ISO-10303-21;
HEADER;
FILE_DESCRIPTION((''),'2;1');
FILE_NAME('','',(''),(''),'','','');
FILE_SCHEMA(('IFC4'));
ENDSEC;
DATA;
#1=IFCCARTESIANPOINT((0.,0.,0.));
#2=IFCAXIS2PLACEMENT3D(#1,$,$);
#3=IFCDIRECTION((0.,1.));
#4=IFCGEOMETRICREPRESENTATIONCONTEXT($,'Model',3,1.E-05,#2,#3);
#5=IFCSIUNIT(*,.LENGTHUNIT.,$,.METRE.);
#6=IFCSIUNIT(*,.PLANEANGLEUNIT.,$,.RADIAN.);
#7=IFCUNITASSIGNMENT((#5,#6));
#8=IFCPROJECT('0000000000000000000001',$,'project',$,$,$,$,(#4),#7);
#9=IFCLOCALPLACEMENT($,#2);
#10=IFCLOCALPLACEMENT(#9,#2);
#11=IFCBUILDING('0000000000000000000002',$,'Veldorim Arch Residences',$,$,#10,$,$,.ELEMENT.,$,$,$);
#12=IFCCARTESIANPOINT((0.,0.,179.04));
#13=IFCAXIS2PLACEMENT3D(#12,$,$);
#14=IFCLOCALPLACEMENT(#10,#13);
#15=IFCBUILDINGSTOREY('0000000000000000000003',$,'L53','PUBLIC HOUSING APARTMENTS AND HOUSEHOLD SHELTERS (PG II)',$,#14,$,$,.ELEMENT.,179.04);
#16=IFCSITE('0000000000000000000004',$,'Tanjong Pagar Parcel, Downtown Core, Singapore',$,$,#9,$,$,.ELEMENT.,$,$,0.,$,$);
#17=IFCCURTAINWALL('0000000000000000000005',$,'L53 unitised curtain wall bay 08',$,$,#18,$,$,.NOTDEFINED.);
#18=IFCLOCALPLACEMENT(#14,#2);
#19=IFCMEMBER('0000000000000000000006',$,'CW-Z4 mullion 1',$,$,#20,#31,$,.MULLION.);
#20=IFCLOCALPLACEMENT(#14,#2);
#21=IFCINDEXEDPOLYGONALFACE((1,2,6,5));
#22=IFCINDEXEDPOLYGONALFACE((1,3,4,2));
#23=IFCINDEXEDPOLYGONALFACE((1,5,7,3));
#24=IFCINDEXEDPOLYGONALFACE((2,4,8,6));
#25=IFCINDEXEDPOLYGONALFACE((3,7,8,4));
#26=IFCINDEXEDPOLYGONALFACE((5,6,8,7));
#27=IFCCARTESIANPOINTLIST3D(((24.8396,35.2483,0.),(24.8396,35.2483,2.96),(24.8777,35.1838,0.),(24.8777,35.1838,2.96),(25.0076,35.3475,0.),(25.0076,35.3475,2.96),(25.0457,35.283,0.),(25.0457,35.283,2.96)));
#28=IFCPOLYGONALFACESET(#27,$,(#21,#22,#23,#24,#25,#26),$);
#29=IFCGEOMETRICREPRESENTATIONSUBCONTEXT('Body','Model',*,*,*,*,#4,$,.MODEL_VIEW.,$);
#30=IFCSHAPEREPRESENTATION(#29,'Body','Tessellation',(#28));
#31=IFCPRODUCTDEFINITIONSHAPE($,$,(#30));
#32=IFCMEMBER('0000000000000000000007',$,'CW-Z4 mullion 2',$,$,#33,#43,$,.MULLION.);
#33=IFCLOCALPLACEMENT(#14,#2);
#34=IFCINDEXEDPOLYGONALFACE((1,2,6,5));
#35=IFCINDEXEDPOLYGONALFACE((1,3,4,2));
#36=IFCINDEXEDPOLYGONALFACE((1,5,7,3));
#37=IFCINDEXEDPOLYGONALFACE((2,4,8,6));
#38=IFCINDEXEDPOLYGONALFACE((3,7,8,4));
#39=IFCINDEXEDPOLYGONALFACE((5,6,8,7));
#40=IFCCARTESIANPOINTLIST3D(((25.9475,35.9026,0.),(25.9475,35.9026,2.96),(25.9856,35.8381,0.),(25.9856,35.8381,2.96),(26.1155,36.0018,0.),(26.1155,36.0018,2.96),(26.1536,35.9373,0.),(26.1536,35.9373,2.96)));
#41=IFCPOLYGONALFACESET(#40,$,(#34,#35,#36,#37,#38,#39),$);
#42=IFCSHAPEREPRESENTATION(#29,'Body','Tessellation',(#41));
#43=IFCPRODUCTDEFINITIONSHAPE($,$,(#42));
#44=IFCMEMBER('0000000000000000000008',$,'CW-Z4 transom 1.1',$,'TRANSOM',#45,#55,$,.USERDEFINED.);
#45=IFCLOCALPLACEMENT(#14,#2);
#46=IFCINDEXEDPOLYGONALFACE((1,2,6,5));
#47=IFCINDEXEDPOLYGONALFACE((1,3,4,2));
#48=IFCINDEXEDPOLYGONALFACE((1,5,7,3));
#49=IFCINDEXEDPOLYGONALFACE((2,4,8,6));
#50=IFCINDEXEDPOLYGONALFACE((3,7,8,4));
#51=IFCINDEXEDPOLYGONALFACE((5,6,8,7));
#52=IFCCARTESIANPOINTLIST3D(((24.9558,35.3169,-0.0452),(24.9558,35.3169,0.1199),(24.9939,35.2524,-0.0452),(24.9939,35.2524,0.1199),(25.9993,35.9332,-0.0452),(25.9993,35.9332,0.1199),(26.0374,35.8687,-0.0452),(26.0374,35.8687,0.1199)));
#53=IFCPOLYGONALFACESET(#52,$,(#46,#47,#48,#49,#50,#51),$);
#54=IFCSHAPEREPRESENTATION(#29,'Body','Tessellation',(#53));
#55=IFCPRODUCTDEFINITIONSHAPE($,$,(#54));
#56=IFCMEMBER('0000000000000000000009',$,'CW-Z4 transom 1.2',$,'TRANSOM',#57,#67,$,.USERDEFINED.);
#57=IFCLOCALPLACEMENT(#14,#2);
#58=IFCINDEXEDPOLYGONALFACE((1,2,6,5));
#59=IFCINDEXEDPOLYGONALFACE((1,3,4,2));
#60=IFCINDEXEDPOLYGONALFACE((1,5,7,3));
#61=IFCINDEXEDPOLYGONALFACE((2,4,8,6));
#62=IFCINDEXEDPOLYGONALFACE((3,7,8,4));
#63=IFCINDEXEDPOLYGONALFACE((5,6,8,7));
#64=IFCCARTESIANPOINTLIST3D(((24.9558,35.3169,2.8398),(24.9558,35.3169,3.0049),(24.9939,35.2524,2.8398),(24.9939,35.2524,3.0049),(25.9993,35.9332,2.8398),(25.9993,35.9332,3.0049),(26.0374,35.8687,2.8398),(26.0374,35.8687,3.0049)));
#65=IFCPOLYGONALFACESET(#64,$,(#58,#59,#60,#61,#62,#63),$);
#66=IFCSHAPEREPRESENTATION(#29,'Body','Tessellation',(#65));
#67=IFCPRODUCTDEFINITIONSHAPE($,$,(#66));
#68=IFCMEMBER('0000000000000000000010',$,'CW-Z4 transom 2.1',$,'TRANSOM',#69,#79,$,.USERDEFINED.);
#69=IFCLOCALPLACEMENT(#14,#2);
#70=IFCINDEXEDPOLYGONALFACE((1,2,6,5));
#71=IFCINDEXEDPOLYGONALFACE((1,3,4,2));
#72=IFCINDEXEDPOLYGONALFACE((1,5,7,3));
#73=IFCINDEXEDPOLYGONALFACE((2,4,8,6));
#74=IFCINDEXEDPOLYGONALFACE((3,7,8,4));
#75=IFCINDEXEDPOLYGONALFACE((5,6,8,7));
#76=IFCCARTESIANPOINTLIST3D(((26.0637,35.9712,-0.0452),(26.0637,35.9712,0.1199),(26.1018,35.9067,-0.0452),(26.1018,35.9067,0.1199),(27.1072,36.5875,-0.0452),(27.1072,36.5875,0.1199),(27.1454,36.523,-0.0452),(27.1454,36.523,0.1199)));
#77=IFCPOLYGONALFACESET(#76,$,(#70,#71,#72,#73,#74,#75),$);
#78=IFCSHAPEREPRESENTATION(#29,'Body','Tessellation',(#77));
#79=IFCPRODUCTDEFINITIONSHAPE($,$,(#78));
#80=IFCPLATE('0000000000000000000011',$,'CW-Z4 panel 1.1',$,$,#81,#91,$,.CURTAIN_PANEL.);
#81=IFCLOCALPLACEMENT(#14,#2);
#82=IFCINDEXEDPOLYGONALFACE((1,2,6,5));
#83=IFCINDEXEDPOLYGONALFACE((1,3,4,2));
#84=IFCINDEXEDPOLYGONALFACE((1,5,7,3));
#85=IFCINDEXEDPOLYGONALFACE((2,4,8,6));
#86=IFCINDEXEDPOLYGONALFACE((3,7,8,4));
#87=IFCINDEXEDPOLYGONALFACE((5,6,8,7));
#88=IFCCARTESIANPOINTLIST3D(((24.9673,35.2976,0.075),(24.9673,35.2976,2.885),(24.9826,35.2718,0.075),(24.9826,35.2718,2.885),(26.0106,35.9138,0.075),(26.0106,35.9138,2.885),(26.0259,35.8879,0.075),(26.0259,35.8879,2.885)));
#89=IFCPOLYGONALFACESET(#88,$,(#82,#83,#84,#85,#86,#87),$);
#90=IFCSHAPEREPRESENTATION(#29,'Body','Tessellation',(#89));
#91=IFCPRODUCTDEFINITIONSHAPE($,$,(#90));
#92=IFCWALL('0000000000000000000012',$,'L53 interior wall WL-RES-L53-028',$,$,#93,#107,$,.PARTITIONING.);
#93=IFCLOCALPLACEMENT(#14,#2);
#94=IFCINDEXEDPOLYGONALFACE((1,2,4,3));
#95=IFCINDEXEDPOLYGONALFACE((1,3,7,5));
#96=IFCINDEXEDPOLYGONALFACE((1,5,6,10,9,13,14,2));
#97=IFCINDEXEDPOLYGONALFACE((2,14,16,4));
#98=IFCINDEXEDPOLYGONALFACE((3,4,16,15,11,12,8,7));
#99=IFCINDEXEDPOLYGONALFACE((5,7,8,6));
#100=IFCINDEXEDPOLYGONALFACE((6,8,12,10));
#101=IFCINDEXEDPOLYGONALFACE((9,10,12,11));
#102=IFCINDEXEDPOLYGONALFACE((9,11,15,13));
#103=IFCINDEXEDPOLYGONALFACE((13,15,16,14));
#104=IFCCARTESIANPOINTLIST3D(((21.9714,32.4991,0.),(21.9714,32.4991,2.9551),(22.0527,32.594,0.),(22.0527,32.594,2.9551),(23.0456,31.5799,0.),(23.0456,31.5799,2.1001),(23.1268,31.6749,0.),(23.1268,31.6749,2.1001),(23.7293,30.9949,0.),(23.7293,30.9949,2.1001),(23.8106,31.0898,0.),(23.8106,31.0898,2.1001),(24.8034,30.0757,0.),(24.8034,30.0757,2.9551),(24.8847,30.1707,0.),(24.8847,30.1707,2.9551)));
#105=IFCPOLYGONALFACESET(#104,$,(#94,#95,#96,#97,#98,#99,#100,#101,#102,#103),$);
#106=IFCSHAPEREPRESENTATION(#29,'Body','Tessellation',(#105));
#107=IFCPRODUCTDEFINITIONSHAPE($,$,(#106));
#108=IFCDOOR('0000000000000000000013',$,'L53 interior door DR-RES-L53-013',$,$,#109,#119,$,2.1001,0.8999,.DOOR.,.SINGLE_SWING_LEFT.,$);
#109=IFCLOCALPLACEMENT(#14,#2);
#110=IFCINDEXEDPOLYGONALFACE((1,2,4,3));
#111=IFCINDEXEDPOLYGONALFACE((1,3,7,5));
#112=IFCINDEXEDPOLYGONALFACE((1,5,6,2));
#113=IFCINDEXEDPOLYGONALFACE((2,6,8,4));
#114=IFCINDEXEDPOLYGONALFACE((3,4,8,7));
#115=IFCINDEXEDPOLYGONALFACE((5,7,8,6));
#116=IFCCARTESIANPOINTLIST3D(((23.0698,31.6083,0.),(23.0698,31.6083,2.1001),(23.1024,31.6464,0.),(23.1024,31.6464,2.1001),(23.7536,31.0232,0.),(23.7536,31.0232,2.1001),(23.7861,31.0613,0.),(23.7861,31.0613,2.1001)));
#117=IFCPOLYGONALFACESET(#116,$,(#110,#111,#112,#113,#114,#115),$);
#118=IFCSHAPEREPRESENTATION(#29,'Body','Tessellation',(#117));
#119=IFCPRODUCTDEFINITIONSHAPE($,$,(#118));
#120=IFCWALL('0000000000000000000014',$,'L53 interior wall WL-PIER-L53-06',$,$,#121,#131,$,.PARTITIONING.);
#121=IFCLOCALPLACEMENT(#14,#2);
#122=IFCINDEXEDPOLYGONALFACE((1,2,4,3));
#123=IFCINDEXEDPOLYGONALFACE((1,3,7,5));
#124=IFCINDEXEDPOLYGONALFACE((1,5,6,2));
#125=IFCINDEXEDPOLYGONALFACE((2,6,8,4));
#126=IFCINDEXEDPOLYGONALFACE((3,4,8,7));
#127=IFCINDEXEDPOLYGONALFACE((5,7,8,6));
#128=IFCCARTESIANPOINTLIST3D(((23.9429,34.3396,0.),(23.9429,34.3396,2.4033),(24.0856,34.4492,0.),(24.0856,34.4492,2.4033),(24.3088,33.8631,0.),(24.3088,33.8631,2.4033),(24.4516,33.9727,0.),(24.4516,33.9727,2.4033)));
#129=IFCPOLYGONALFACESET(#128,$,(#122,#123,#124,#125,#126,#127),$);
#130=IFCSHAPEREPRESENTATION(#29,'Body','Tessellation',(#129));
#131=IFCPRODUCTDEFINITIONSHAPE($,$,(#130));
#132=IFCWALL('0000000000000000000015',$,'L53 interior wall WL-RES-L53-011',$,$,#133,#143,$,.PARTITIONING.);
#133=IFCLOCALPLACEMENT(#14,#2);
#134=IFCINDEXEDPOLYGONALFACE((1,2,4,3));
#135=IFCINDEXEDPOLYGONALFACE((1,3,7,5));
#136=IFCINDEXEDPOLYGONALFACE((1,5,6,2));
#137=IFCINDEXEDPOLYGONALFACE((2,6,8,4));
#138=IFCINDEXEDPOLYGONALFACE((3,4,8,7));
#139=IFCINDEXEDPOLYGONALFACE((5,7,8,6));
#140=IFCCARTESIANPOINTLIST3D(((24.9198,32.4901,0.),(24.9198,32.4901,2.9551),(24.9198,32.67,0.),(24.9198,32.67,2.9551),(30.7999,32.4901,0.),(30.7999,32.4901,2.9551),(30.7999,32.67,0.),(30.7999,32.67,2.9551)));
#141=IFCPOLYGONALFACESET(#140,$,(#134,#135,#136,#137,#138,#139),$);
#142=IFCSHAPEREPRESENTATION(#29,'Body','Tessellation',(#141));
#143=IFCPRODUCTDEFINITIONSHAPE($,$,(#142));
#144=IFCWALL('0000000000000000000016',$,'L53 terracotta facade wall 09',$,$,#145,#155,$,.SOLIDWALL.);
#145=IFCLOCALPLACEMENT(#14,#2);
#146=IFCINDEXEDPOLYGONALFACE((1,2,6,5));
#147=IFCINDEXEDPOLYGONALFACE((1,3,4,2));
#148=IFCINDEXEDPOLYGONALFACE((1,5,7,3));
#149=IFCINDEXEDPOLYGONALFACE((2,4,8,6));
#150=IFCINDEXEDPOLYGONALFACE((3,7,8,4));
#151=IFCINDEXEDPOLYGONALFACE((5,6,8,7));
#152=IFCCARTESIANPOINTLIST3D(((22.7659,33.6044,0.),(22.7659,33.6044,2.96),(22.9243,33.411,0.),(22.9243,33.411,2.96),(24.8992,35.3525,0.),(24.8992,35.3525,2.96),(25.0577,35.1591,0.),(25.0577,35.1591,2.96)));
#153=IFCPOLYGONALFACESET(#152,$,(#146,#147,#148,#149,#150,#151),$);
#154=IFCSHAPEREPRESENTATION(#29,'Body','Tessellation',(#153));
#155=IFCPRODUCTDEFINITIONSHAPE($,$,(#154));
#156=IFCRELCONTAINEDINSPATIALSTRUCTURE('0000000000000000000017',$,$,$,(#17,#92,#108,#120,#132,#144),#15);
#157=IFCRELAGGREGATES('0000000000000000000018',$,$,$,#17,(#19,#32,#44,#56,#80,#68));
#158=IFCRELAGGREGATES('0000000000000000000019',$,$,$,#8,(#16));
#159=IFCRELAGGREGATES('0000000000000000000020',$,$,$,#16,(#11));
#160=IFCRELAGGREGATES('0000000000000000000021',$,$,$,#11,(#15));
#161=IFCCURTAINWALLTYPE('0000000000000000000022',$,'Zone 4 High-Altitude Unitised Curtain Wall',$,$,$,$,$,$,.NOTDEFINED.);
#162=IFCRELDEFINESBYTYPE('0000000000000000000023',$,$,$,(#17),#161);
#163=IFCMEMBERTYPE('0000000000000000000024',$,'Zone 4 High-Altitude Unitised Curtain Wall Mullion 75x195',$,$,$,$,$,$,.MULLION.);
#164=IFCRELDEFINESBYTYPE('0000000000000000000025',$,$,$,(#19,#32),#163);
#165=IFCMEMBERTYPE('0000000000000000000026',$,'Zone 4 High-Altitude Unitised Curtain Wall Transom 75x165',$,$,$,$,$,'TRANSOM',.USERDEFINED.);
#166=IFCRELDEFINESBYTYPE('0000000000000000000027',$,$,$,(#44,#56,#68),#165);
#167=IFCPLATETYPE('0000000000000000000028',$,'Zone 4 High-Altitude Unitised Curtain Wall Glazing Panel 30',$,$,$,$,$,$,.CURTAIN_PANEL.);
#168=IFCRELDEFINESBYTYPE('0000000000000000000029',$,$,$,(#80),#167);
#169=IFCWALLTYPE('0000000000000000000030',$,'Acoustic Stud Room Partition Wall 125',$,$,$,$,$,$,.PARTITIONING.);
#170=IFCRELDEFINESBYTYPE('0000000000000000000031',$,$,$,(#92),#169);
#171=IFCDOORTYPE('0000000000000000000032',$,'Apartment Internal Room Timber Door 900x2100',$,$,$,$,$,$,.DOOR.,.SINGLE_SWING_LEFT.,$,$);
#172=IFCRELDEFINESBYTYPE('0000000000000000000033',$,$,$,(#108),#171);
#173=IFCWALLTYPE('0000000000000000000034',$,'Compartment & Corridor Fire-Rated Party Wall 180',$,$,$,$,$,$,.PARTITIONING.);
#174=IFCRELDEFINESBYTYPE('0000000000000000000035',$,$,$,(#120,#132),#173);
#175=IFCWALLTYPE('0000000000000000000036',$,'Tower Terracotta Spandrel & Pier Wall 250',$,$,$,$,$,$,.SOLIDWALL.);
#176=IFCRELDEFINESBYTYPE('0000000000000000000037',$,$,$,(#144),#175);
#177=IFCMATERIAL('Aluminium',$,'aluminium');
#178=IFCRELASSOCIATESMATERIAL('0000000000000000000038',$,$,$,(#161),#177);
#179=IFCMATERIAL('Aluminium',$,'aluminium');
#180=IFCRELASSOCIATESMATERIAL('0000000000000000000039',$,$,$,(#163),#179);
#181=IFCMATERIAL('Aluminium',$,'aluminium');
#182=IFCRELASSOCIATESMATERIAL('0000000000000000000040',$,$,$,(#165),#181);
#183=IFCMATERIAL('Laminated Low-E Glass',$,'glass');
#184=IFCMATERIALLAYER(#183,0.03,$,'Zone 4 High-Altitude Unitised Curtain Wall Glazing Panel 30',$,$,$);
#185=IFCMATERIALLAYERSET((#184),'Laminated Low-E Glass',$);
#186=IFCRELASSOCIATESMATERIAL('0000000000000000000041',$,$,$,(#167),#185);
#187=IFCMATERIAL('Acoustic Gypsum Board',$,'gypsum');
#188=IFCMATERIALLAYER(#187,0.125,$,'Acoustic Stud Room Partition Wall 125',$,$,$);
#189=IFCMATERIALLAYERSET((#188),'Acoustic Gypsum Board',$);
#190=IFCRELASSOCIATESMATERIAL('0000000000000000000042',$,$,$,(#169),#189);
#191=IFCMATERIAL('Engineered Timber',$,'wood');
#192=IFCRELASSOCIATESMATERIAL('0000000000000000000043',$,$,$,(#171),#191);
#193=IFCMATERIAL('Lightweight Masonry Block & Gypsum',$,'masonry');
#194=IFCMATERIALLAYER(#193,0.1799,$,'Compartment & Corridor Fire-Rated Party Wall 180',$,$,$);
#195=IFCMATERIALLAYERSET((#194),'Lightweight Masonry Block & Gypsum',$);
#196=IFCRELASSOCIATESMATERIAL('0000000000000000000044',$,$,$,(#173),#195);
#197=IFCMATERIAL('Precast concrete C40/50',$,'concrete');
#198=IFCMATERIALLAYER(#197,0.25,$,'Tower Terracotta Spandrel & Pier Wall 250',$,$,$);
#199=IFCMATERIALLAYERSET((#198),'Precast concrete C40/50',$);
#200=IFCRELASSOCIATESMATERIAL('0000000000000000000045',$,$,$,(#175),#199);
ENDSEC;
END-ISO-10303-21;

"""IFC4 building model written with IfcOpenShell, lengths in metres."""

from ifc_helpers import new_model, si_unit, direction, frame, frame_2d, origin, origin_2d, place, context, subcontext, project, spatial, rectangle, extrude, material, layer, layer_set, material_profile, profile_set, type_object, element, fill, aggregate, save


model = new_model("IFC4")

# Units and contexts
model_context = context("Model", 3, precision=1e-05, world=origin(), true_north=direction((0.0, 1.0)))
body_context = subcontext(model_context, "Body", "Model", "MODEL_VIEW")
ifc_project = project(units=[si_unit("LENGTHUNIT", "METRE"), si_unit("PLANEANGLEUNIT", "RADIAN")], contexts=[model_context])

# Site, building, storey
site_placement = place(None, origin())
site = spatial("IfcSite", under=ifc_project, at=site_placement, Name="Tanjong Pagar Parcel, Downtown Core, Singapore", CompositionType="ELEMENT", RefElevation=0.0)
building_placement = place(site_placement, origin())
building = spatial("IfcBuilding", under=site, at=building_placement, Name="Veldorim Arch Residences", CompositionType="ELEMENT")
storey_placement = place(building_placement, frame((0.0, 0.0, 179.04)))
storey = spatial("IfcBuildingStorey", under=building, at=storey_placement, Name="L53", Description="PUBLIC HOUSING APARTMENTS AND HOUSEHOLD SHELTERS (PG II)", CompositionType="ELEMENT", Elevation=179.04)

# Curtain wall, members, plate
ifc_material_1 = material(Name="Aluminium", Category="aluminium")
curtain_wall_type = type_object("IfcCurtainWallType", Name="Zone 4 High-Altitude Unitised Curtain Wall", PredefinedType="NOTDEFINED", material=ifc_material_1)
curtain_wall_placement = place(storey_placement, origin())
curtain_wall = element("IfcCurtainWall", 1, at=curtain_wall_placement, inside=storey, type_object=curtain_wall_type, Name="L53 unitised curtain wall bay 08", PredefinedType="NOTDEFINED")
ifc_material_2 = material(Name="Aluminium", Category="aluminium")
ifc_material_profile_1 = material_profile(ifc_material_2, rectangle(XDim=0.075, YDim=0.1951, at=origin_2d()), Name="ALU_MUL_75x195")
ifc_profile_set_1 = profile_set([ifc_material_profile_1], Name="Aluminium")
member_type_1 = type_object("IfcMemberType", Name="Zone 4 High-Altitude Unitised Curtain Wall Mullion 75x195", PredefinedType="MULLION", material=ifc_profile_set_1)
member_1_placement = place(storey_placement, frame((24.9426, 35.2656, 0.0), z_axis=(0.0, 0.0, 1.0), x_axis=(-0.508514, 0.861054, 0.0)))
member_1 = element("IfcMember", 2, at=member_1_placement, type_object=member_type_1, Name="CW-Z4 mullion 1", PredefinedType="MULLION", context=body_context, shape_type="SweptSolid", body=[
    extrude(rectangle(XDim=0.075, YDim=0.1951, at=origin_2d()), origin(), (0.0, 0.0, 1.0), 2.96),
])
member_2_placement = place(storey_placement, frame((26.0505, 35.9199, 0.0), z_axis=(0.0, 0.0, 1.0), x_axis=(-0.508514, 0.861054, 0.0)))
member_2 = element("IfcMember", 3, at=member_2_placement, type_object=member_type_1, Name="CW-Z4 mullion 2", PredefinedType="MULLION", context=body_context, shape_type="SweptSolid", body=[
    extrude(rectangle(XDim=0.075, YDim=0.1951, at=origin_2d()), origin(), (0.0, 0.0, 1.0), 2.96),
])
ifc_material_3 = material(Name="Aluminium", Category="aluminium")
ifc_material_profile_2 = material_profile(ifc_material_3, rectangle(XDim=0.075, YDim=0.165, at=origin_2d()), Name="ALU_TRN_75x165")
ifc_profile_set_2 = profile_set([ifc_material_profile_2], Name="Aluminium")
member_type_2 = type_object("IfcMemberType", Name="Zone 4 High-Altitude Unitised Curtain Wall Transom 75x165", ElementType="TRANSOM", PredefinedType="USERDEFINED", material=ifc_profile_set_2)
member_3_placement = place(storey_placement, frame((24.9749, 35.2847, 0.0374), z_axis=(0.861063, 0.508499, 0.0), x_axis=(-0.508499, 0.861063, 0.0)))
member_3 = element("IfcMember", 4, at=member_3_placement, type_object=member_type_2, Name="CW-Z4 transom 1.1", ObjectType="TRANSOM", PredefinedType="USERDEFINED", context=body_context, shape_type="SweptSolid", body=[
    extrude(rectangle(XDim=0.075, YDim=0.165, at=origin_2d()), origin(), (0.0, 0.0, 1.0), 1.2119),
])
member_4_placement = place(storey_placement, frame((24.9749, 35.2847, 2.9224), z_axis=(0.861063, 0.508499, 0.0), x_axis=(-0.508499, 0.861063, 0.0)))
member_4 = element("IfcMember", 5, at=member_4_placement, type_object=member_type_2, Name="CW-Z4 transom 1.2", ObjectType="TRANSOM", PredefinedType="USERDEFINED", context=body_context, shape_type="SweptSolid", body=[
    extrude(rectangle(XDim=0.075, YDim=0.165, at=origin_2d()), origin(), (0.0, 0.0, 1.0), 1.2119),
])
member_5_placement = place(storey_placement, frame((26.0828, 35.939, 0.0374), z_axis=(0.861063, 0.508499, 0.0), x_axis=(-0.508499, 0.861063, 0.0)))
member_5 = element("IfcMember", 6, at=member_5_placement, type_object=member_type_2, Name="CW-Z4 transom 2.1", ObjectType="TRANSOM", PredefinedType="USERDEFINED", context=body_context, shape_type="SweptSolid", body=[
    extrude(rectangle(XDim=0.075, YDim=0.165, at=origin_2d()), origin(), (0.0, 0.0, 1.0), 1.2119),
])
ifc_material_4 = material(Name="Laminated Low-E Glass", Category="glass")
ifc_layer_1 = layer(ifc_material_4, 0.03, Name="Zone 4 High-Altitude Unitised Curtain Wall Glazing Panel 30")
ifc_layer_set_1 = layer_set([ifc_layer_1], Name="Laminated Low-E Glass")
plate_type = type_object("IfcPlateType", Name="Zone 4 High-Altitude Unitised Curtain Wall Glazing Panel 30", PredefinedType="CURTAIN_PANEL", material=ifc_layer_set_1)
plate_placement = place(storey_placement, frame((25.4966, 35.5928, 0.075), z_axis=(0.0, 0.0, 1.0), x_axis=(0.861054, 0.508514, 0.0)))
plate = element("IfcPlate", 7, at=plate_placement, type_object=plate_type, Name="CW-Z4 panel 1.1", PredefinedType="CURTAIN_PANEL", context=body_context, shape_type="SweptSolid", body=[
    extrude(rectangle(XDim=1.2117, YDim=0.03, at=origin_2d()), origin(), (0.0, 0.0, 1.0), 2.8101),
])
aggregate(curtain_wall, [member_1, member_2, member_3, member_4, plate, member_5])

# Wall, opening, door
ifc_material_5 = material(Name="Acoustic Gypsum Board", Category="gypsum")
ifc_layer_2 = layer(ifc_material_5, 0.125, Name="Acoustic Stud Room Partition Wall 125")
ifc_layer_set_2 = layer_set([ifc_layer_2], Name="Acoustic Gypsum Board")
wall_type_1 = type_object("IfcWallType", Name="Acoustic Stud Room Partition Wall 125", PredefinedType="PARTITIONING", material=ifc_layer_set_2)
wall_1_placement = place(storey_placement, frame((22.012, 32.5466, 0.0), z_axis=(0.0, 0.0, 1.0), x_axis=(0.759802, -0.650155, 0.0)))
wall_1 = element("IfcWall", 8, at=wall_1_placement, inside=storey, type_object=wall_type_1, Name="L53 interior wall WL-RES-L53-028", PredefinedType="PARTITIONING", context=body_context, shape_type="SweptSolid", body=[
    extrude(rectangle(XDim=3.7273, YDim=0.125, at=frame_2d((1.8638, 0.0))), origin(), (0.0, 0.0, 1.0), 2.9551),
])
opening_1_placement = place(wall_1_placement, frame((1.4138, 0.0, 0.0)))
opening_1 = element("IfcOpeningElement", 9, at=opening_1_placement, cuts=wall_1, PredefinedType="OPENING", context=body_context, shape_type="SweptSolid", body=[
    extrude(rectangle(XDim=0.8999, YDim=2.1001, at=frame_2d((0.45, 1.05))), frame((0.0, 0.0725, 0.0), z_axis=(0.0, -1.0, 0.0), x_axis=(1.0, 0.0, 0.0)), (0.0, 0.0, 1.0), 0.145),
])
ifc_material_6 = material(Name="Engineered Timber", Category="wood")
door_type = type_object("IfcDoorType", Name="Apartment Internal Room Timber Door 900x2100", OperationType="SINGLE_SWING_LEFT", PredefinedType="DOOR", material=ifc_material_6)
door_placement = place(opening_1_placement, origin())
door = element("IfcDoor", 10, at=door_placement, inside=storey, type_object=door_type, Name="L53 interior door DR-RES-L53-013", OperationType="SINGLE_SWING_LEFT", OverallHeight=2.1001, OverallWidth=0.8999, PredefinedType="DOOR", context=body_context, shape_type="SweptSolid", body=[
    extrude(rectangle(XDim=0.8999, YDim=2.1001, at=frame_2d((0.45, 1.05))), frame((0.0, 0.0249, 0.0), z_axis=(0.0, -1.0, 0.0), x_axis=(1.0, 0.0, 0.0)), (0.0, 0.0, 1.0), 0.05),
])
fill(opening_1, door)

# Walls
ifc_material_7 = material(Name="Lightweight Masonry Block & Gypsum", Category="masonry")
ifc_layer_3 = layer(ifc_material_7, 0.1799, Name="Compartment & Corridor Fire-Rated Party Wall 180")
ifc_layer_set_3 = layer_set([ifc_layer_3], Name="Lightweight Masonry Block & Gypsum")
wall_type_2 = type_object("IfcWallType", Name="Compartment & Corridor Fire-Rated Party Wall 180", PredefinedType="PARTITIONING", material=ifc_layer_set_3)
wall_2_placement = place(storey_placement, frame((24.3801, 33.918, 0.0), z_axis=(0.0, 0.0, 1.0), x_axis=(-0.609063, 0.793122, 0.0)))
element("IfcWall", 11, at=wall_2_placement, inside=storey, type_object=wall_type_2, Name="L53 interior wall WL-PIER-L53-06", PredefinedType="PARTITIONING", context=body_context, shape_type="SweptSolid", body=[
    extrude(rectangle(XDim=0.6008, YDim=0.1799, at=frame_2d((0.3003, 0.0))), origin(), (0.0, 0.0, 1.0), 2.4033),
])
wall_3_placement = place(storey_placement, frame((24.9199, 32.5801, 0.0), z_axis=(0.0, 0.0, 1.0), x_axis=(1.0, 0.0, 0.0)))
element("IfcWall", 12, at=wall_3_placement, inside=storey, type_object=wall_type_2, Name="L53 interior wall WL-RES-L53-011", PredefinedType="PARTITIONING", context=body_context, shape_type="SweptSolid", body=[
    extrude(rectangle(XDim=5.8801, YDim=0.1799, at=frame_2d((2.9399, 0.0))), origin(), (0.0, 0.0, 1.0), 2.9551),
])
ifc_material_8 = material(Name="Precast concrete C40/50", Category="concrete")
ifc_layer_4 = layer(ifc_material_8, 0.25, Name="Tower Terracotta Spandrel & Pier Wall 250")
ifc_layer_set_4 = layer_set([ifc_layer_4], Name="Precast concrete C40/50")
wall_type_3 = type_object("IfcWallType", Name="Tower Terracotta Spandrel & Pier Wall 250", PredefinedType="SOLIDWALL", material=ifc_layer_set_4)
wall_4_placement = place(storey_placement, frame((22.8452, 33.5078, 0.0), z_axis=(0.0, 0.0, 1.0), x_axis=(0.773492, 0.633806, 0.0)))
element("IfcWall", 13, at=wall_4_placement, inside=storey, type_object=wall_type_3, Name="L53 terracotta facade wall 09", PredefinedType="SOLIDWALL", context=body_context, shape_type="SweptSolid", body=[
    extrude(rectangle(XDim=2.7581, YDim=0.25, at=frame_2d((1.3789, 0.0))), origin(), (0.0, 0.0, 1.0), 2.96),
])

save(model, "model.ifc")
